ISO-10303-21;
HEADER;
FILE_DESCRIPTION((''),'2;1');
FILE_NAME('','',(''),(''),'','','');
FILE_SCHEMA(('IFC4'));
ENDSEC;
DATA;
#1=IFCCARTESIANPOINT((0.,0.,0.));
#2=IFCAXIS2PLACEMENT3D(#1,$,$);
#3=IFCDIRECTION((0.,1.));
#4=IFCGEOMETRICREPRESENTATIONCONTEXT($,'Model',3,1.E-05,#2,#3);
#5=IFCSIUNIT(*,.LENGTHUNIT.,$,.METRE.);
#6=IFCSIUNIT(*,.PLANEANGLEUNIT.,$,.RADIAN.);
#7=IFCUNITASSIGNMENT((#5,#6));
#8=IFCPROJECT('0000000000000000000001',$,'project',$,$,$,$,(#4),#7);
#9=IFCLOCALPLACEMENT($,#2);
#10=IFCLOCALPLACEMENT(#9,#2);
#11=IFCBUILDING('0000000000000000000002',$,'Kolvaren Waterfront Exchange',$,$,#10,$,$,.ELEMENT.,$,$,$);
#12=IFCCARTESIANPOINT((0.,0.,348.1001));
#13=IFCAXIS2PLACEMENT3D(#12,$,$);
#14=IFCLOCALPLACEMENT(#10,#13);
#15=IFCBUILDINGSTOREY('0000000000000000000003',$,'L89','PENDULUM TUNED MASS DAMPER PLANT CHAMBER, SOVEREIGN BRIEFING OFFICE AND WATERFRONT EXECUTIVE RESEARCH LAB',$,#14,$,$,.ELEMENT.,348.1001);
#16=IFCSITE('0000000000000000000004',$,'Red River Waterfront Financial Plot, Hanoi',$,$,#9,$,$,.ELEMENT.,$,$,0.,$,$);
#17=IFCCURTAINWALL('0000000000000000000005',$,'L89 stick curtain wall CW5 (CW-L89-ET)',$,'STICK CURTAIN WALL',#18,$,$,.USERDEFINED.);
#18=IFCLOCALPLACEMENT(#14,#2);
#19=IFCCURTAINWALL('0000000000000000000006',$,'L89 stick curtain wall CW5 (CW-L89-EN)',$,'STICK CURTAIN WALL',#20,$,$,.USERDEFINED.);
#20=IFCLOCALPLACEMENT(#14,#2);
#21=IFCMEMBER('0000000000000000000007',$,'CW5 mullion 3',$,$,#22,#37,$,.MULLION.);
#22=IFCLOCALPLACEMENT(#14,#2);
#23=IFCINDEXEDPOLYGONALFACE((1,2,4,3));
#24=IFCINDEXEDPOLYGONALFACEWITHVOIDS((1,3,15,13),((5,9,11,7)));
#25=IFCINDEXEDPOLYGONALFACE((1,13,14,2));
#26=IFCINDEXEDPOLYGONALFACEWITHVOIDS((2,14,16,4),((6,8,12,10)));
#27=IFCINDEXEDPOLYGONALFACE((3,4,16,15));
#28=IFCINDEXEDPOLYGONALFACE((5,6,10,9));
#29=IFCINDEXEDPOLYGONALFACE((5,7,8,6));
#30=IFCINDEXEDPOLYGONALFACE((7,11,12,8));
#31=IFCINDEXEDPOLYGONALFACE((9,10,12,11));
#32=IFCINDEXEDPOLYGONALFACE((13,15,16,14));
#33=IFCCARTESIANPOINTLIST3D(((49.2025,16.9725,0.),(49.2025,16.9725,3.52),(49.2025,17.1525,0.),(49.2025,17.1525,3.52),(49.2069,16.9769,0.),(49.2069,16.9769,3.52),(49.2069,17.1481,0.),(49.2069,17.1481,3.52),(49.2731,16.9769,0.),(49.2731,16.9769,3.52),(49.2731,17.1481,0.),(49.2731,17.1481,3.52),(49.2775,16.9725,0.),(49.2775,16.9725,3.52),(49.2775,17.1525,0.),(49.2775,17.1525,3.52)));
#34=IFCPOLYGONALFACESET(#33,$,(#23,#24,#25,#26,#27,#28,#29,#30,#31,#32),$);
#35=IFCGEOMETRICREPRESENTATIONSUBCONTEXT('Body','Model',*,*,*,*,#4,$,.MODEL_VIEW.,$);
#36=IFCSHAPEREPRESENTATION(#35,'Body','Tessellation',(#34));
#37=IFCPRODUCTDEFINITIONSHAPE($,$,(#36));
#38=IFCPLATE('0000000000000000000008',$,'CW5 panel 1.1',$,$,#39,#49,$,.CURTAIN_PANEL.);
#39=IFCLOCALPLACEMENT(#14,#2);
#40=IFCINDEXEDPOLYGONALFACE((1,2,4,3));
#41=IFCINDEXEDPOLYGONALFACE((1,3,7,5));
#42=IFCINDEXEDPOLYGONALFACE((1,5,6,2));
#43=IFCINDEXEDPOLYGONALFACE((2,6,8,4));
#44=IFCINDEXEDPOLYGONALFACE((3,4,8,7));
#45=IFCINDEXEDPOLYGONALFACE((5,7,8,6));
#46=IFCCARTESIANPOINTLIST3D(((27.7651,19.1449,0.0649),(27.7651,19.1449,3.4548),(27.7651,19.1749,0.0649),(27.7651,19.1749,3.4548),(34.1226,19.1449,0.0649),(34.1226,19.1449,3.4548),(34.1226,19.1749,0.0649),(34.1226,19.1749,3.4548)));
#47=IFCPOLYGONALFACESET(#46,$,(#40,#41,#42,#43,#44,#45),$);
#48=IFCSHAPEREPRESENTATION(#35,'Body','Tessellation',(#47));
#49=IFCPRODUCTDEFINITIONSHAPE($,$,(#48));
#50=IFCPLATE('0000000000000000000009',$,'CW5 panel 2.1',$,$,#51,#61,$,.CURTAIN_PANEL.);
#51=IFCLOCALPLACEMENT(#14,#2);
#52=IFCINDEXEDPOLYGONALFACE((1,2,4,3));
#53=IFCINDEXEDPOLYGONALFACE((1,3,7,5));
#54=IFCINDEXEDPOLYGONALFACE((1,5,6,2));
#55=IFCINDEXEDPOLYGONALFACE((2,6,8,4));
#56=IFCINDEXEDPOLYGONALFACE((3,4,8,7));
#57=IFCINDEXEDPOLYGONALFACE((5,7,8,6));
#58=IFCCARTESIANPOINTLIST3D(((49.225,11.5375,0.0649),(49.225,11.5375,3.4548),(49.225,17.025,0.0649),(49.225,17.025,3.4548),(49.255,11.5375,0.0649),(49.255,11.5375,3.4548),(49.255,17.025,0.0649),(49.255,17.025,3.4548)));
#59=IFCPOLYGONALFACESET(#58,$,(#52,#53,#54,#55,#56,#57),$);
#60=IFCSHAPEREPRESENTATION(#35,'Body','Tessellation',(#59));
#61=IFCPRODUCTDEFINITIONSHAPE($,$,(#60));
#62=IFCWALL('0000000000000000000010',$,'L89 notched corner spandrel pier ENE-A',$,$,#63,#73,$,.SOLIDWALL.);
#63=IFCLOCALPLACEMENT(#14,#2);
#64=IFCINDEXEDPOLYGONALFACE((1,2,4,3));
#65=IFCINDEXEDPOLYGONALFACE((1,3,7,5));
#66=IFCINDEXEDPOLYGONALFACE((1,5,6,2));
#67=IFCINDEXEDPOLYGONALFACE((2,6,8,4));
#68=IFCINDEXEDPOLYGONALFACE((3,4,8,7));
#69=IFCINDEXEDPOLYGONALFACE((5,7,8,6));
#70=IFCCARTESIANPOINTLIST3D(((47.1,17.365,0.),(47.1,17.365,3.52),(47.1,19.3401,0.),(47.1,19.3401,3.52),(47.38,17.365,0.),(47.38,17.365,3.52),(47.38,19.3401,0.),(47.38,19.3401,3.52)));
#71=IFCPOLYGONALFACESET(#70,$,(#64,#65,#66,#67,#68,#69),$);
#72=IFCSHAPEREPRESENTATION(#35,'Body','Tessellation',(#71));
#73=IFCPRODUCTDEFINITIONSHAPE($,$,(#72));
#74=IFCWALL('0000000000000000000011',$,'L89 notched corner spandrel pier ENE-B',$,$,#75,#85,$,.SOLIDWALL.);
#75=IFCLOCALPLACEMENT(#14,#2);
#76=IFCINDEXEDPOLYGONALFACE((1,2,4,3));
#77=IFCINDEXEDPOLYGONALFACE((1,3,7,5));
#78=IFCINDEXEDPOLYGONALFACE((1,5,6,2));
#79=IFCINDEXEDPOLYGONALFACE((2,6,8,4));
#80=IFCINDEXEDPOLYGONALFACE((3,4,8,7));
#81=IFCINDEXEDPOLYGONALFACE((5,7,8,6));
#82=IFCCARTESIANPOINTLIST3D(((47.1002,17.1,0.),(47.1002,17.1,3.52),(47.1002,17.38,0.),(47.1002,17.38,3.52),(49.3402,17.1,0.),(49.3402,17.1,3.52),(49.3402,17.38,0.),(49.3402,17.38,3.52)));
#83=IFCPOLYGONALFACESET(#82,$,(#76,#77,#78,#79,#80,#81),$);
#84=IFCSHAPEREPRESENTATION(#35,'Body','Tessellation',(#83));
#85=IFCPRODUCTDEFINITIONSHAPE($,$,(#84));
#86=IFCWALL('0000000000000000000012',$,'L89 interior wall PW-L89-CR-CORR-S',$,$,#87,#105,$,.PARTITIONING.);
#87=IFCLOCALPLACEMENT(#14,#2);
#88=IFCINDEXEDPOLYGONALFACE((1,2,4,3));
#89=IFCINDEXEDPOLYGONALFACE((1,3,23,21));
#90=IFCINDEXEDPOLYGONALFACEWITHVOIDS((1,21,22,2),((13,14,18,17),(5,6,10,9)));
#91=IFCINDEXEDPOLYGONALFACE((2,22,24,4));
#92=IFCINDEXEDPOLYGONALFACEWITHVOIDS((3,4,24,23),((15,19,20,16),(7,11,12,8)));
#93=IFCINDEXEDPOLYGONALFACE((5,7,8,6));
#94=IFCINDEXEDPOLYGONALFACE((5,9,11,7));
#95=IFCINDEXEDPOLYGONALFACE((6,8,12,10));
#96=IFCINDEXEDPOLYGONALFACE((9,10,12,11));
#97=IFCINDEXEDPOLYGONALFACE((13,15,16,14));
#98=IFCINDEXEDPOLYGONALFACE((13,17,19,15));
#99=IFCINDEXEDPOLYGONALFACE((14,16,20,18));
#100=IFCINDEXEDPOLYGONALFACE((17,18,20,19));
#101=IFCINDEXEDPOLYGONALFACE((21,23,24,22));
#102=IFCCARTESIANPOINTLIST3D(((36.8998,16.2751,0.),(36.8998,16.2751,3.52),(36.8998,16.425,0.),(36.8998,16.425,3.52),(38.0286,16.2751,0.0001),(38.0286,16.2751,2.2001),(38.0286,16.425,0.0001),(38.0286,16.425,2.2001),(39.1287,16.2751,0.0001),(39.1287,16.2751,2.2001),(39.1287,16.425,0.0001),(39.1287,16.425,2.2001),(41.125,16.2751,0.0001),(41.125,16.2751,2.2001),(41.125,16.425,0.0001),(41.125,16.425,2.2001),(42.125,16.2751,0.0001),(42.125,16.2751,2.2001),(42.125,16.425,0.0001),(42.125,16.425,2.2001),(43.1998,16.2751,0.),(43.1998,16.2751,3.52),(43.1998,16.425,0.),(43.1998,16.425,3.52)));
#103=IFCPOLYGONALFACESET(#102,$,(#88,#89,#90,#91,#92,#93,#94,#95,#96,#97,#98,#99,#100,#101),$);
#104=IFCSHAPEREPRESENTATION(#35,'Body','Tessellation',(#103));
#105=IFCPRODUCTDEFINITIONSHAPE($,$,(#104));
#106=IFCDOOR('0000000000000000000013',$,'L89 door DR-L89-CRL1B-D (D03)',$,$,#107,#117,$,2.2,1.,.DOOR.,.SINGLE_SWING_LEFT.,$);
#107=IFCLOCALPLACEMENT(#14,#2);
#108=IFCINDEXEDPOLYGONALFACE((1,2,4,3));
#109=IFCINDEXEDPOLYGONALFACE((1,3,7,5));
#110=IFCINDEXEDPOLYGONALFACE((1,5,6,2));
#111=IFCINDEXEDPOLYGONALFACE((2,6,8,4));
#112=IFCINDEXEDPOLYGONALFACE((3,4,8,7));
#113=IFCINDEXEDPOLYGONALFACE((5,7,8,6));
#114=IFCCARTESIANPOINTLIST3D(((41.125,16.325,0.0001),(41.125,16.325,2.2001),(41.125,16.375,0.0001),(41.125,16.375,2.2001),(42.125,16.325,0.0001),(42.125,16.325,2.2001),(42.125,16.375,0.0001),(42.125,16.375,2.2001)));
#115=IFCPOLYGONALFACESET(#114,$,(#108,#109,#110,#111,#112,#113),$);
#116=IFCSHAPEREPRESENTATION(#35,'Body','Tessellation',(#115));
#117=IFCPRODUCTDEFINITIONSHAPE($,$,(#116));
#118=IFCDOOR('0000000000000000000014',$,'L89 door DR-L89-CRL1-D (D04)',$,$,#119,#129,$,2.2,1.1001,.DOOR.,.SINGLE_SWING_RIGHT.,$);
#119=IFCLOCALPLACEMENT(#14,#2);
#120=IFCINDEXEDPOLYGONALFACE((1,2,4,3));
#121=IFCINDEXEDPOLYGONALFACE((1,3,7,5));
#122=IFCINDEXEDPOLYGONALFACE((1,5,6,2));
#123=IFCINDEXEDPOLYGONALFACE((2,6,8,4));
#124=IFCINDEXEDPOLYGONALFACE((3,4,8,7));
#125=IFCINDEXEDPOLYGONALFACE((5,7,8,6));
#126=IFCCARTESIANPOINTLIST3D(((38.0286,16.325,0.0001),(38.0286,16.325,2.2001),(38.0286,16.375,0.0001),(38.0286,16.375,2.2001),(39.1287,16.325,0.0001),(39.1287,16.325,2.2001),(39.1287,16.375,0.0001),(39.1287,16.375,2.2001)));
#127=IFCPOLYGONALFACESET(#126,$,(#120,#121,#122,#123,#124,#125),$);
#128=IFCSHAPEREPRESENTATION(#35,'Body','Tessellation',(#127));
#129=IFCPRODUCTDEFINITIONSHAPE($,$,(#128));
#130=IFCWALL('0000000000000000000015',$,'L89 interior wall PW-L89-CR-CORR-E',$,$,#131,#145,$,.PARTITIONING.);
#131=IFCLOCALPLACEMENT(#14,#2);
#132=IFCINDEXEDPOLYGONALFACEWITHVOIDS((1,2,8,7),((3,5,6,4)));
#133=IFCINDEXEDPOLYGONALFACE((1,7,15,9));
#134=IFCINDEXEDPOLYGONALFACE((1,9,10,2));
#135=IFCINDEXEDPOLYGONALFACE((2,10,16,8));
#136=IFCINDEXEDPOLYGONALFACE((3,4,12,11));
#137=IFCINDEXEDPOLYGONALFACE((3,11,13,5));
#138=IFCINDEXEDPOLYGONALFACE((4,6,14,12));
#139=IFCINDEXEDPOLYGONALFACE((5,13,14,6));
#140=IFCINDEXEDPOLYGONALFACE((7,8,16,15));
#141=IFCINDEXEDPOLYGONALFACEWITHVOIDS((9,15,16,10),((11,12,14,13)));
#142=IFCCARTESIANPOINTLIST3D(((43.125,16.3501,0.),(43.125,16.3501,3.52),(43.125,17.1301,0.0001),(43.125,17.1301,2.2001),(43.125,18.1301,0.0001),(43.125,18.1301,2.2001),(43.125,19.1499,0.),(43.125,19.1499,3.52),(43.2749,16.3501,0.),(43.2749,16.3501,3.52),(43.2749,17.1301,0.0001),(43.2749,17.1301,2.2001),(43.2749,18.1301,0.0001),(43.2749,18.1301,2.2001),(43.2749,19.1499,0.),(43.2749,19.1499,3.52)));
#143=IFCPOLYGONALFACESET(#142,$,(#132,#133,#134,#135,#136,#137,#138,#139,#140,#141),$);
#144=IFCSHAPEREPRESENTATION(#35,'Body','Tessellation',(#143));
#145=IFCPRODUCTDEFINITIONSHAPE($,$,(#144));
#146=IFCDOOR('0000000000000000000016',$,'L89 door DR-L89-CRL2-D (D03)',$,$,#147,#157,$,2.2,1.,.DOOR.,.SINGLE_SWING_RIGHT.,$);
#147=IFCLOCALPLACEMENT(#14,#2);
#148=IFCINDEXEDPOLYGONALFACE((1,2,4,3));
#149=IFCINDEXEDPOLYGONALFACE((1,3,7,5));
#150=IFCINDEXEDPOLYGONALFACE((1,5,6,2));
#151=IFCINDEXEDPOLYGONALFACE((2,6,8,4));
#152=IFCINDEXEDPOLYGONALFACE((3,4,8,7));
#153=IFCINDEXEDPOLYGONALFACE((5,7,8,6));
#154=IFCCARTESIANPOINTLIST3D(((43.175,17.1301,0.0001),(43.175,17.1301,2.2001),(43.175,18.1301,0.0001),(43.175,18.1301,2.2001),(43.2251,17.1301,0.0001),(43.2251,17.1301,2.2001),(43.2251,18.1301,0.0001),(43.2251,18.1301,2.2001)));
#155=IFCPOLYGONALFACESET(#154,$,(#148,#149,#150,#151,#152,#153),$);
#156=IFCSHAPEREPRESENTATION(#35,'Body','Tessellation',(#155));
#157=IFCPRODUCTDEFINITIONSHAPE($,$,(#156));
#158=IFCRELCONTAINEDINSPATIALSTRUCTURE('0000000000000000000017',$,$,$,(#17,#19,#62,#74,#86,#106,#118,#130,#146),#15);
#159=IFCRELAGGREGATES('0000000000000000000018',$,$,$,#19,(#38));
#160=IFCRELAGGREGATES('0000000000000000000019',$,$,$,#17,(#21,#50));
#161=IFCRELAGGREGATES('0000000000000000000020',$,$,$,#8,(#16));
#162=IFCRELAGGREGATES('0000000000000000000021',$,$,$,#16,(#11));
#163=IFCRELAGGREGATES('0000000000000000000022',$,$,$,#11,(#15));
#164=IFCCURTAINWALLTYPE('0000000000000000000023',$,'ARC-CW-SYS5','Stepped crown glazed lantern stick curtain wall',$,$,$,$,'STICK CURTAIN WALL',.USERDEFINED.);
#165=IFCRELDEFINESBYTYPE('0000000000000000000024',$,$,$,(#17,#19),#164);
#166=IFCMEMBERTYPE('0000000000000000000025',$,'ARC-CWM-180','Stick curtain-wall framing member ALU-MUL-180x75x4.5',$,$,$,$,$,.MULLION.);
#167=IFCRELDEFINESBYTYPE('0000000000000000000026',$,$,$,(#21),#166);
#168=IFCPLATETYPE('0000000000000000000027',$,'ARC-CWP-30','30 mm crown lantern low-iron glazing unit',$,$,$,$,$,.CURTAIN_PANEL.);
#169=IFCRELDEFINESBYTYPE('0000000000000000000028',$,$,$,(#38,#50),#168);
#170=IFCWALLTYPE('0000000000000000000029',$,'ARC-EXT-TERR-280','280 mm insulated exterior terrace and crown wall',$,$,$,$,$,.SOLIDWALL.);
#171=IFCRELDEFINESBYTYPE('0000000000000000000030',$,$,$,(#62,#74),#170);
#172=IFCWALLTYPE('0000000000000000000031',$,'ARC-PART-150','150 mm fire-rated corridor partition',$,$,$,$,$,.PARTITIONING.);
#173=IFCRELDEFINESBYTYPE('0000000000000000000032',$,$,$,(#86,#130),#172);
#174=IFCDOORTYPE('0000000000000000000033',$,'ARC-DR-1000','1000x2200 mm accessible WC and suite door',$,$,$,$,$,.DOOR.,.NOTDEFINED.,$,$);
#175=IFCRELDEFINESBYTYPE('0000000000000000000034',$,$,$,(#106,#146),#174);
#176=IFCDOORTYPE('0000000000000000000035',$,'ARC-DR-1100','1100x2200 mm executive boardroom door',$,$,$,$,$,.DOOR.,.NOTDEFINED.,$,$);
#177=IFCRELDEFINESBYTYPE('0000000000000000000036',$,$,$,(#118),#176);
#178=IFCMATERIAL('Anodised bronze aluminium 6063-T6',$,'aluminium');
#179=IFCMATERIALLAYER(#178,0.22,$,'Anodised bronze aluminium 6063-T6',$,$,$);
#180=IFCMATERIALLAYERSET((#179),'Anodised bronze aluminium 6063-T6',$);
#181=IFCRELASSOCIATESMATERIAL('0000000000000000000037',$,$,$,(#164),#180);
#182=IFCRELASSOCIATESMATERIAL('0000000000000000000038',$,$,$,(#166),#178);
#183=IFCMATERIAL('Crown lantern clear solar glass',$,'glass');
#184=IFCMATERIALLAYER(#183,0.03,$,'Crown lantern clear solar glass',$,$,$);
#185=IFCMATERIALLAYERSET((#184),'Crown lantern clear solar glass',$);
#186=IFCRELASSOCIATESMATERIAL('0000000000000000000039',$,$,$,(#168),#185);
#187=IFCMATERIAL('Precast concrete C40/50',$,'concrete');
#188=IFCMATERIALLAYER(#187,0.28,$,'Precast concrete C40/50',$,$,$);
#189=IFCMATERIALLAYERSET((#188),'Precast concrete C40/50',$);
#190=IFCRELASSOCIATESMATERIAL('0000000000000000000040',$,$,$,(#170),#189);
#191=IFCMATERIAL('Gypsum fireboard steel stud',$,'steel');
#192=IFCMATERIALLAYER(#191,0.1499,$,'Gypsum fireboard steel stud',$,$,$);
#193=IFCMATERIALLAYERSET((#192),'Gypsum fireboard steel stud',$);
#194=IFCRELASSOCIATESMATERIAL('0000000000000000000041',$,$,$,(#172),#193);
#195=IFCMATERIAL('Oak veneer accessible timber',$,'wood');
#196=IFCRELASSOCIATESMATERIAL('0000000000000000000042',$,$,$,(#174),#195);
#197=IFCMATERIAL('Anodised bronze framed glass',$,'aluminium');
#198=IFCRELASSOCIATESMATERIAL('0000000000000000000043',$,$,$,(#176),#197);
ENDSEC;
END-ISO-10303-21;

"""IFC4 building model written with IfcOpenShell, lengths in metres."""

from ifc_helpers import new_model, si_unit, direction, frame, frame_2d, origin, origin_with_axes, origin_2d, place, context, subcontext, project, spatial, rectangle, hollow_rectangle, extrude, source, transform, mapped, material, layer, layer_set, material_profile, profile_set, type_object, element, fill, aggregate, save


model = new_model("IFC4")

# Units and contexts
model_context = context("Model", 3, precision=1e-05, world=origin(), true_north=direction((0.0, 1.0)))
body_context = subcontext(model_context, "Body", "Model", "MODEL_VIEW")
ifc_project = project(units=[si_unit("LENGTHUNIT", "METRE"), si_unit("PLANEANGLEUNIT", "RADIAN")], contexts=[model_context])

# Site, building, storey
site_placement = place(None, origin())
site = spatial("IfcSite", under=ifc_project, at=site_placement, Name="Red River Waterfront Financial Plot, Hanoi", CompositionType="ELEMENT", RefElevation=0.0)
building_placement = place(site_placement, origin())
building = spatial("IfcBuilding", under=site, at=building_placement, Name="Kolvaren Waterfront Exchange", CompositionType="ELEMENT")
storey_placement = place(building_placement, frame((0.0, 0.0, 348.1001)))
storey = spatial("IfcBuildingStorey", under=building, at=storey_placement, Name="L89", Description="PENDULUM TUNED MASS DAMPER PLANT CHAMBER, SOVEREIGN BRIEFING OFFICE AND WATERFRONT EXECUTIVE RESEARCH LAB", CompositionType="ELEMENT", Elevation=348.1001)

# Curtain wall
ifc_material_1 = material(Name="Anodised bronze aluminium 6063-T6", Category="aluminium")
ifc_layer_1 = layer(ifc_material_1, 0.22, Name="Anodised bronze aluminium 6063-T6")
ifc_layer_set_1 = layer_set([ifc_layer_1], Name="Anodised bronze aluminium 6063-T6")
curtain_wall_type = type_object("IfcCurtainWallType", Name="ARC-CW-SYS5", Description="Stepped crown glazed lantern stick curtain wall", ElementType="STICK CURTAIN WALL", PredefinedType="USERDEFINED", material=ifc_layer_set_1)
curtain_wall_1_placement = place(storey_placement, origin())
curtain_wall_1 = element("IfcCurtainWall", 1, at=curtain_wall_1_placement, inside=storey, type_object=curtain_wall_type, Name="L89 stick curtain wall CW5 (CW-L89-ET)", ObjectType="STICK CURTAIN WALL", PredefinedType="USERDEFINED")

# Curtain wall
curtain_wall_2_placement = place(storey_placement, origin())
curtain_wall_2 = element("IfcCurtainWall", 2, at=curtain_wall_2_placement, inside=storey, type_object=curtain_wall_type, Name="L89 stick curtain wall CW5 (CW-L89-EN)", ObjectType="STICK CURTAIN WALL", PredefinedType="USERDEFINED")
ifc_material_profile_1 = material_profile(ifc_material_1, hollow_rectangle(XDim=0.075, YDim=0.1799, WallThickness=0.0044, at=origin_2d()), Name="ALU-MUL-180x75x4.5")
ifc_profile_set_1 = profile_set([ifc_material_profile_1], Name="Anodised bronze aluminium 6063-T6")
member_type_1 = type_object("IfcMemberType", Name="ARC-CWM-180", Description="Stick curtain-wall framing member ALU-MUL-180x75x4.5", PredefinedType="MULLION", material=ifc_profile_set_1)
shared_shape_1 = source(origin_with_axes(), body_context, "Body", "SweptSolid", [
    extrude(hollow_rectangle(XDim=0.075, YDim=0.1799, WallThickness=0.0044, at=origin_2d()), origin(), (0.0, 0.0, 1.0), 3.52),
])

# Member
member_1_placement = place(storey_placement, frame((49.24, 17.0625, 0.0), z_axis=(0.0, 0.0, 1.0), x_axis=(-1.0, 0.0, 0.0)))
member_1 = element("IfcMember", 3, at=member_1_placement, type_object=member_type_1, Name="CW5 mullion 3", PredefinedType="MULLION", context=body_context, shape_type="MappedRepresentation", body=[
    mapped(shared_shape_1, transform((0.0, 0.0, 0.0), x_axis=(1.0, 0.0, 0.0), y_axis=(0.0, 1.0, 0.0), z_axis=(0.0, 0.0, 1.0), scale=1.0)),
])

# Plates
ifc_material_2 = material(Name="Crown lantern clear solar glass", Category="glass")
ifc_layer_2 = layer(ifc_material_2, 0.03, Name="Crown lantern clear solar glass")
ifc_layer_set_2 = layer_set([ifc_layer_2], Name="Crown lantern clear solar glass")
plate_type = type_object("IfcPlateType", Name="ARC-CWP-30", Description="30 mm crown lantern low-iron glazing unit", PredefinedType="CURTAIN_PANEL", material=ifc_layer_set_2)
shared_shape_2 = source(origin_with_axes(), body_context, "Body", "SweptSolid", [
    extrude(rectangle(XDim=6.3574, YDim=0.03, at=origin_2d()), origin(), (0.0, 0.0, 1.0), 3.3899),
])
plate_1_placement = place(storey_placement, frame((30.9438, 19.1599, 0.0649), z_axis=(0.0, 0.0, 1.0), x_axis=(1.0, 0.0, 0.0)))
plate_1 = element("IfcPlate", 4, at=plate_1_placement, type_object=plate_type, Name="CW5 panel 1.1", PredefinedType="CURTAIN_PANEL", context=body_context, shape_type="MappedRepresentation", body=[
    mapped(shared_shape_2, transform((0.0, 0.0, 0.0), x_axis=(1.0, 0.0, 0.0), y_axis=(0.0, 1.0, 0.0), z_axis=(0.0, 0.0, 1.0), scale=1.0)),
])
aggregate(curtain_wall_2, [plate_1])
shared_shape_3 = source(origin_with_axes(), body_context, "Body", "SweptSolid", [
    extrude(rectangle(XDim=5.4875, YDim=0.03, at=origin_2d()), origin(), (0.0, 0.0, 1.0), 3.3899),
])
plate_2_placement = place(storey_placement, frame((49.24, 14.2812, 0.0649), z_axis=(0.0, 0.0, 1.0), x_axis=(0.0, 1.0, 0.0)))
plate_2 = element("IfcPlate", 5, at=plate_2_placement, type_object=plate_type, Name="CW5 panel 2.1", PredefinedType="CURTAIN_PANEL", context=body_context, shape_type="MappedRepresentation", body=[
    mapped(shared_shape_3, transform((0.0, 0.0, 0.0), x_axis=(1.0, 0.0, 0.0), y_axis=(0.0, 1.0, 0.0), z_axis=(0.0, 0.0, 1.0), scale=1.0)),
])
aggregate(curtain_wall_1, [member_1, plate_2])

# Walls
ifc_material_3 = material(Name="Precast concrete C40/50", Category="concrete")
ifc_layer_3 = layer(ifc_material_3, 0.28, Name="Precast concrete C40/50")
ifc_layer_set_3 = layer_set([ifc_layer_3], Name="Precast concrete C40/50")
wall_type_1 = type_object("IfcWallType", Name="ARC-EXT-TERR-280", Description="280 mm insulated exterior terrace and crown wall", PredefinedType="SOLIDWALL", material=ifc_layer_set_3)
wall_1_placement = place(storey_placement, frame((47.24, 17.365, 0.0), z_axis=(0.0, 0.0, 1.0), x_axis=(0.0, 1.0, 0.0)))
element("IfcWall", 6, at=wall_1_placement, inside=storey, type_object=wall_type_1, Name="L89 notched corner spandrel pier ENE-A", PredefinedType="SOLIDWALL", context=body_context, shape_type="SweptSolid", body=[
    extrude(rectangle(XDim=1.9751, YDim=0.28, at=frame_2d((0.9875, 0.0))), origin(), (0.0, 0.0, 1.0), 3.52),
])
wall_2_placement = place(storey_placement, frame((47.1001, 17.24, 0.0), z_axis=(0.0, 0.0, 1.0), x_axis=(1.0, 0.0, 0.0)))
element("IfcWall", 7, at=wall_2_placement, inside=storey, type_object=wall_type_1, Name="L89 notched corner spandrel pier ENE-B", PredefinedType="SOLIDWALL", context=body_context, shape_type="SweptSolid", body=[
    extrude(rectangle(XDim=2.24, YDim=0.28, at=frame_2d((1.1201, 0.0))), origin(), (0.0, 0.0, 1.0), 3.52),
])

# Wall, openings, doors
ifc_material_4 = material(Name="Gypsum fireboard steel stud", Category="steel")
ifc_layer_4 = layer(ifc_material_4, 0.1499, Name="Gypsum fireboard steel stud")
ifc_layer_set_4 = layer_set([ifc_layer_4], Name="Gypsum fireboard steel stud")
wall_type_2 = type_object("IfcWallType", Name="ARC-PART-150", Description="150 mm fire-rated corridor partition", PredefinedType="PARTITIONING", material=ifc_layer_set_4)
wall_3_placement = place(storey_placement, frame((36.8999, 16.3501, 0.0), z_axis=(0.0, 0.0, 1.0), x_axis=(1.0, 0.0, 0.0)))
wall_3 = element("IfcWall", 8, at=wall_3_placement, inside=storey, type_object=wall_type_2, Name="L89 interior wall PW-L89-CR-CORR-S", PredefinedType="PARTITIONING", context=body_context, shape_type="SweptSolid", body=[
    extrude(rectangle(XDim=6.3, YDim=0.1499, at=frame_2d((3.1499, 0.0))), origin(), (0.0, 0.0, 1.0), 3.52),
])
opening_1_placement = place(wall_3_placement, frame((1.1287, 0.0, 0.0)))
opening_1 = element("IfcOpeningElement", 9, at=opening_1_placement, cuts=wall_3, PredefinedType="OPENING", context=body_context, shape_type="SweptSolid", body=[
    extrude(rectangle(XDim=1.1001, YDim=2.2, at=frame_2d((0.55, 1.1001))), frame((0.0, 0.085, 0.0), z_axis=(0.0, -1.0, 0.0), x_axis=(1.0, 0.0, 0.0)), (0.0, 0.0, 1.0), 0.1699),
])
opening_2_placement = place(wall_3_placement, frame((4.2251, 0.0, 0.0)))
opening_2 = element("IfcOpeningElement", 10, at=opening_2_placement, cuts=wall_3, PredefinedType="OPENING", context=body_context, shape_type="SweptSolid", body=[
    extrude(rectangle(XDim=1.0, YDim=2.2, at=frame_2d((0.5, 1.1001))), frame((0.0, 0.085, 0.0), z_axis=(0.0, -1.0, 0.0), x_axis=(1.0, 0.0, 0.0)), (0.0, 0.0, 1.0), 0.1699),
])
ifc_material_5 = material(Name="Oak veneer accessible timber", Category="wood")
door_type_1 = type_object("IfcDoorType", Name="ARC-DR-1000", Description="1000x2200 mm accessible WC and suite door", OperationType="NOTDEFINED", PredefinedType="DOOR", material=ifc_material_5)
door_1_placement = place(opening_2_placement, origin())
door_1 = element("IfcDoor", 11, at=door_1_placement, inside=storey, type_object=door_type_1, Name="L89 door DR-L89-CRL1B-D (D03)", OperationType="SINGLE_SWING_LEFT", OverallHeight=2.2, OverallWidth=1.0, PredefinedType="DOOR", context=body_context, shape_type="SweptSolid", body=[
    extrude(rectangle(XDim=1.0, YDim=2.2, at=frame_2d((0.5, 1.1001))), frame((0.0, 0.0249, 0.0), z_axis=(0.0, -1.0, 0.0), x_axis=(1.0, 0.0, 0.0)), (0.0, 0.0, 1.0), 0.05),
])
fill(opening_2, door_1)
ifc_material_6 = material(Name="Anodised bronze framed glass", Category="aluminium")
door_type_2 = type_object("IfcDoorType", Name="ARC-DR-1100", Description="1100x2200 mm executive boardroom door", OperationType="NOTDEFINED", PredefinedType="DOOR", material=ifc_material_6)
door_2_placement = place(opening_1_placement, origin())
door_2 = element("IfcDoor", 12, at=door_2_placement, inside=storey, type_object=door_type_2, Name="L89 door DR-L89-CRL1-D (D04)", OperationType="SINGLE_SWING_RIGHT", OverallHeight=2.2, OverallWidth=1.1001, PredefinedType="DOOR", context=body_context, shape_type="SweptSolid", body=[
    extrude(rectangle(XDim=1.1001, YDim=2.2, at=frame_2d((0.55, 1.1001))), frame((0.0, 0.0249, 0.0), z_axis=(0.0, -1.0, 0.0), x_axis=(1.0, 0.0, 0.0)), (0.0, 0.0, 1.0), 0.05),
])
fill(opening_1, door_2)

# Wall, opening, door
wall_4_placement = place(storey_placement, frame((43.2, 16.3501, 0.0), z_axis=(0.0, 0.0, 1.0), x_axis=(0.0, 1.0, 0.0)))
wall_4 = element("IfcWall", 13, at=wall_4_placement, inside=storey, type_object=wall_type_2, Name="L89 interior wall PW-L89-CR-CORR-E", PredefinedType="PARTITIONING", context=body_context, shape_type="SweptSolid", body=[
    extrude(rectangle(XDim=2.7998, YDim=0.1499, at=frame_2d((1.3999, 0.0))), origin(), (0.0, 0.0, 1.0), 3.52),
])
opening_3_placement = place(wall_4_placement, frame((0.78, 0.0, 0.0)))
opening_3 = element("IfcOpeningElement", 14, at=opening_3_placement, cuts=wall_4, PredefinedType="OPENING", context=body_context, shape_type="SweptSolid", body=[
    extrude(rectangle(XDim=1.0, YDim=2.2, at=frame_2d((0.5, 1.1001))), frame((0.0, 0.085, 0.0), z_axis=(0.0, -1.0, 0.0), x_axis=(1.0, 0.0, 0.0)), (0.0, 0.0, 1.0), 0.1699),
])
door_3_placement = place(opening_3_placement, origin())
door_3 = element("IfcDoor", 15, at=door_3_placement, inside=storey, type_object=door_type_1, Name="L89 door DR-L89-CRL2-D (D03)", OperationType="SINGLE_SWING_RIGHT", OverallHeight=2.2, OverallWidth=1.0, PredefinedType="DOOR", context=body_context, shape_type="SweptSolid", body=[
    extrude(rectangle(XDim=1.0, YDim=2.2, at=frame_2d((0.5, 1.1001))), frame((0.0, 0.0249, 0.0), z_axis=(0.0, -1.0, 0.0), x_axis=(1.0, 0.0, 0.0)), (0.0, 0.0, 1.0), 0.05),
])
fill(opening_3, door_3)

save(model, "model.ifc")
